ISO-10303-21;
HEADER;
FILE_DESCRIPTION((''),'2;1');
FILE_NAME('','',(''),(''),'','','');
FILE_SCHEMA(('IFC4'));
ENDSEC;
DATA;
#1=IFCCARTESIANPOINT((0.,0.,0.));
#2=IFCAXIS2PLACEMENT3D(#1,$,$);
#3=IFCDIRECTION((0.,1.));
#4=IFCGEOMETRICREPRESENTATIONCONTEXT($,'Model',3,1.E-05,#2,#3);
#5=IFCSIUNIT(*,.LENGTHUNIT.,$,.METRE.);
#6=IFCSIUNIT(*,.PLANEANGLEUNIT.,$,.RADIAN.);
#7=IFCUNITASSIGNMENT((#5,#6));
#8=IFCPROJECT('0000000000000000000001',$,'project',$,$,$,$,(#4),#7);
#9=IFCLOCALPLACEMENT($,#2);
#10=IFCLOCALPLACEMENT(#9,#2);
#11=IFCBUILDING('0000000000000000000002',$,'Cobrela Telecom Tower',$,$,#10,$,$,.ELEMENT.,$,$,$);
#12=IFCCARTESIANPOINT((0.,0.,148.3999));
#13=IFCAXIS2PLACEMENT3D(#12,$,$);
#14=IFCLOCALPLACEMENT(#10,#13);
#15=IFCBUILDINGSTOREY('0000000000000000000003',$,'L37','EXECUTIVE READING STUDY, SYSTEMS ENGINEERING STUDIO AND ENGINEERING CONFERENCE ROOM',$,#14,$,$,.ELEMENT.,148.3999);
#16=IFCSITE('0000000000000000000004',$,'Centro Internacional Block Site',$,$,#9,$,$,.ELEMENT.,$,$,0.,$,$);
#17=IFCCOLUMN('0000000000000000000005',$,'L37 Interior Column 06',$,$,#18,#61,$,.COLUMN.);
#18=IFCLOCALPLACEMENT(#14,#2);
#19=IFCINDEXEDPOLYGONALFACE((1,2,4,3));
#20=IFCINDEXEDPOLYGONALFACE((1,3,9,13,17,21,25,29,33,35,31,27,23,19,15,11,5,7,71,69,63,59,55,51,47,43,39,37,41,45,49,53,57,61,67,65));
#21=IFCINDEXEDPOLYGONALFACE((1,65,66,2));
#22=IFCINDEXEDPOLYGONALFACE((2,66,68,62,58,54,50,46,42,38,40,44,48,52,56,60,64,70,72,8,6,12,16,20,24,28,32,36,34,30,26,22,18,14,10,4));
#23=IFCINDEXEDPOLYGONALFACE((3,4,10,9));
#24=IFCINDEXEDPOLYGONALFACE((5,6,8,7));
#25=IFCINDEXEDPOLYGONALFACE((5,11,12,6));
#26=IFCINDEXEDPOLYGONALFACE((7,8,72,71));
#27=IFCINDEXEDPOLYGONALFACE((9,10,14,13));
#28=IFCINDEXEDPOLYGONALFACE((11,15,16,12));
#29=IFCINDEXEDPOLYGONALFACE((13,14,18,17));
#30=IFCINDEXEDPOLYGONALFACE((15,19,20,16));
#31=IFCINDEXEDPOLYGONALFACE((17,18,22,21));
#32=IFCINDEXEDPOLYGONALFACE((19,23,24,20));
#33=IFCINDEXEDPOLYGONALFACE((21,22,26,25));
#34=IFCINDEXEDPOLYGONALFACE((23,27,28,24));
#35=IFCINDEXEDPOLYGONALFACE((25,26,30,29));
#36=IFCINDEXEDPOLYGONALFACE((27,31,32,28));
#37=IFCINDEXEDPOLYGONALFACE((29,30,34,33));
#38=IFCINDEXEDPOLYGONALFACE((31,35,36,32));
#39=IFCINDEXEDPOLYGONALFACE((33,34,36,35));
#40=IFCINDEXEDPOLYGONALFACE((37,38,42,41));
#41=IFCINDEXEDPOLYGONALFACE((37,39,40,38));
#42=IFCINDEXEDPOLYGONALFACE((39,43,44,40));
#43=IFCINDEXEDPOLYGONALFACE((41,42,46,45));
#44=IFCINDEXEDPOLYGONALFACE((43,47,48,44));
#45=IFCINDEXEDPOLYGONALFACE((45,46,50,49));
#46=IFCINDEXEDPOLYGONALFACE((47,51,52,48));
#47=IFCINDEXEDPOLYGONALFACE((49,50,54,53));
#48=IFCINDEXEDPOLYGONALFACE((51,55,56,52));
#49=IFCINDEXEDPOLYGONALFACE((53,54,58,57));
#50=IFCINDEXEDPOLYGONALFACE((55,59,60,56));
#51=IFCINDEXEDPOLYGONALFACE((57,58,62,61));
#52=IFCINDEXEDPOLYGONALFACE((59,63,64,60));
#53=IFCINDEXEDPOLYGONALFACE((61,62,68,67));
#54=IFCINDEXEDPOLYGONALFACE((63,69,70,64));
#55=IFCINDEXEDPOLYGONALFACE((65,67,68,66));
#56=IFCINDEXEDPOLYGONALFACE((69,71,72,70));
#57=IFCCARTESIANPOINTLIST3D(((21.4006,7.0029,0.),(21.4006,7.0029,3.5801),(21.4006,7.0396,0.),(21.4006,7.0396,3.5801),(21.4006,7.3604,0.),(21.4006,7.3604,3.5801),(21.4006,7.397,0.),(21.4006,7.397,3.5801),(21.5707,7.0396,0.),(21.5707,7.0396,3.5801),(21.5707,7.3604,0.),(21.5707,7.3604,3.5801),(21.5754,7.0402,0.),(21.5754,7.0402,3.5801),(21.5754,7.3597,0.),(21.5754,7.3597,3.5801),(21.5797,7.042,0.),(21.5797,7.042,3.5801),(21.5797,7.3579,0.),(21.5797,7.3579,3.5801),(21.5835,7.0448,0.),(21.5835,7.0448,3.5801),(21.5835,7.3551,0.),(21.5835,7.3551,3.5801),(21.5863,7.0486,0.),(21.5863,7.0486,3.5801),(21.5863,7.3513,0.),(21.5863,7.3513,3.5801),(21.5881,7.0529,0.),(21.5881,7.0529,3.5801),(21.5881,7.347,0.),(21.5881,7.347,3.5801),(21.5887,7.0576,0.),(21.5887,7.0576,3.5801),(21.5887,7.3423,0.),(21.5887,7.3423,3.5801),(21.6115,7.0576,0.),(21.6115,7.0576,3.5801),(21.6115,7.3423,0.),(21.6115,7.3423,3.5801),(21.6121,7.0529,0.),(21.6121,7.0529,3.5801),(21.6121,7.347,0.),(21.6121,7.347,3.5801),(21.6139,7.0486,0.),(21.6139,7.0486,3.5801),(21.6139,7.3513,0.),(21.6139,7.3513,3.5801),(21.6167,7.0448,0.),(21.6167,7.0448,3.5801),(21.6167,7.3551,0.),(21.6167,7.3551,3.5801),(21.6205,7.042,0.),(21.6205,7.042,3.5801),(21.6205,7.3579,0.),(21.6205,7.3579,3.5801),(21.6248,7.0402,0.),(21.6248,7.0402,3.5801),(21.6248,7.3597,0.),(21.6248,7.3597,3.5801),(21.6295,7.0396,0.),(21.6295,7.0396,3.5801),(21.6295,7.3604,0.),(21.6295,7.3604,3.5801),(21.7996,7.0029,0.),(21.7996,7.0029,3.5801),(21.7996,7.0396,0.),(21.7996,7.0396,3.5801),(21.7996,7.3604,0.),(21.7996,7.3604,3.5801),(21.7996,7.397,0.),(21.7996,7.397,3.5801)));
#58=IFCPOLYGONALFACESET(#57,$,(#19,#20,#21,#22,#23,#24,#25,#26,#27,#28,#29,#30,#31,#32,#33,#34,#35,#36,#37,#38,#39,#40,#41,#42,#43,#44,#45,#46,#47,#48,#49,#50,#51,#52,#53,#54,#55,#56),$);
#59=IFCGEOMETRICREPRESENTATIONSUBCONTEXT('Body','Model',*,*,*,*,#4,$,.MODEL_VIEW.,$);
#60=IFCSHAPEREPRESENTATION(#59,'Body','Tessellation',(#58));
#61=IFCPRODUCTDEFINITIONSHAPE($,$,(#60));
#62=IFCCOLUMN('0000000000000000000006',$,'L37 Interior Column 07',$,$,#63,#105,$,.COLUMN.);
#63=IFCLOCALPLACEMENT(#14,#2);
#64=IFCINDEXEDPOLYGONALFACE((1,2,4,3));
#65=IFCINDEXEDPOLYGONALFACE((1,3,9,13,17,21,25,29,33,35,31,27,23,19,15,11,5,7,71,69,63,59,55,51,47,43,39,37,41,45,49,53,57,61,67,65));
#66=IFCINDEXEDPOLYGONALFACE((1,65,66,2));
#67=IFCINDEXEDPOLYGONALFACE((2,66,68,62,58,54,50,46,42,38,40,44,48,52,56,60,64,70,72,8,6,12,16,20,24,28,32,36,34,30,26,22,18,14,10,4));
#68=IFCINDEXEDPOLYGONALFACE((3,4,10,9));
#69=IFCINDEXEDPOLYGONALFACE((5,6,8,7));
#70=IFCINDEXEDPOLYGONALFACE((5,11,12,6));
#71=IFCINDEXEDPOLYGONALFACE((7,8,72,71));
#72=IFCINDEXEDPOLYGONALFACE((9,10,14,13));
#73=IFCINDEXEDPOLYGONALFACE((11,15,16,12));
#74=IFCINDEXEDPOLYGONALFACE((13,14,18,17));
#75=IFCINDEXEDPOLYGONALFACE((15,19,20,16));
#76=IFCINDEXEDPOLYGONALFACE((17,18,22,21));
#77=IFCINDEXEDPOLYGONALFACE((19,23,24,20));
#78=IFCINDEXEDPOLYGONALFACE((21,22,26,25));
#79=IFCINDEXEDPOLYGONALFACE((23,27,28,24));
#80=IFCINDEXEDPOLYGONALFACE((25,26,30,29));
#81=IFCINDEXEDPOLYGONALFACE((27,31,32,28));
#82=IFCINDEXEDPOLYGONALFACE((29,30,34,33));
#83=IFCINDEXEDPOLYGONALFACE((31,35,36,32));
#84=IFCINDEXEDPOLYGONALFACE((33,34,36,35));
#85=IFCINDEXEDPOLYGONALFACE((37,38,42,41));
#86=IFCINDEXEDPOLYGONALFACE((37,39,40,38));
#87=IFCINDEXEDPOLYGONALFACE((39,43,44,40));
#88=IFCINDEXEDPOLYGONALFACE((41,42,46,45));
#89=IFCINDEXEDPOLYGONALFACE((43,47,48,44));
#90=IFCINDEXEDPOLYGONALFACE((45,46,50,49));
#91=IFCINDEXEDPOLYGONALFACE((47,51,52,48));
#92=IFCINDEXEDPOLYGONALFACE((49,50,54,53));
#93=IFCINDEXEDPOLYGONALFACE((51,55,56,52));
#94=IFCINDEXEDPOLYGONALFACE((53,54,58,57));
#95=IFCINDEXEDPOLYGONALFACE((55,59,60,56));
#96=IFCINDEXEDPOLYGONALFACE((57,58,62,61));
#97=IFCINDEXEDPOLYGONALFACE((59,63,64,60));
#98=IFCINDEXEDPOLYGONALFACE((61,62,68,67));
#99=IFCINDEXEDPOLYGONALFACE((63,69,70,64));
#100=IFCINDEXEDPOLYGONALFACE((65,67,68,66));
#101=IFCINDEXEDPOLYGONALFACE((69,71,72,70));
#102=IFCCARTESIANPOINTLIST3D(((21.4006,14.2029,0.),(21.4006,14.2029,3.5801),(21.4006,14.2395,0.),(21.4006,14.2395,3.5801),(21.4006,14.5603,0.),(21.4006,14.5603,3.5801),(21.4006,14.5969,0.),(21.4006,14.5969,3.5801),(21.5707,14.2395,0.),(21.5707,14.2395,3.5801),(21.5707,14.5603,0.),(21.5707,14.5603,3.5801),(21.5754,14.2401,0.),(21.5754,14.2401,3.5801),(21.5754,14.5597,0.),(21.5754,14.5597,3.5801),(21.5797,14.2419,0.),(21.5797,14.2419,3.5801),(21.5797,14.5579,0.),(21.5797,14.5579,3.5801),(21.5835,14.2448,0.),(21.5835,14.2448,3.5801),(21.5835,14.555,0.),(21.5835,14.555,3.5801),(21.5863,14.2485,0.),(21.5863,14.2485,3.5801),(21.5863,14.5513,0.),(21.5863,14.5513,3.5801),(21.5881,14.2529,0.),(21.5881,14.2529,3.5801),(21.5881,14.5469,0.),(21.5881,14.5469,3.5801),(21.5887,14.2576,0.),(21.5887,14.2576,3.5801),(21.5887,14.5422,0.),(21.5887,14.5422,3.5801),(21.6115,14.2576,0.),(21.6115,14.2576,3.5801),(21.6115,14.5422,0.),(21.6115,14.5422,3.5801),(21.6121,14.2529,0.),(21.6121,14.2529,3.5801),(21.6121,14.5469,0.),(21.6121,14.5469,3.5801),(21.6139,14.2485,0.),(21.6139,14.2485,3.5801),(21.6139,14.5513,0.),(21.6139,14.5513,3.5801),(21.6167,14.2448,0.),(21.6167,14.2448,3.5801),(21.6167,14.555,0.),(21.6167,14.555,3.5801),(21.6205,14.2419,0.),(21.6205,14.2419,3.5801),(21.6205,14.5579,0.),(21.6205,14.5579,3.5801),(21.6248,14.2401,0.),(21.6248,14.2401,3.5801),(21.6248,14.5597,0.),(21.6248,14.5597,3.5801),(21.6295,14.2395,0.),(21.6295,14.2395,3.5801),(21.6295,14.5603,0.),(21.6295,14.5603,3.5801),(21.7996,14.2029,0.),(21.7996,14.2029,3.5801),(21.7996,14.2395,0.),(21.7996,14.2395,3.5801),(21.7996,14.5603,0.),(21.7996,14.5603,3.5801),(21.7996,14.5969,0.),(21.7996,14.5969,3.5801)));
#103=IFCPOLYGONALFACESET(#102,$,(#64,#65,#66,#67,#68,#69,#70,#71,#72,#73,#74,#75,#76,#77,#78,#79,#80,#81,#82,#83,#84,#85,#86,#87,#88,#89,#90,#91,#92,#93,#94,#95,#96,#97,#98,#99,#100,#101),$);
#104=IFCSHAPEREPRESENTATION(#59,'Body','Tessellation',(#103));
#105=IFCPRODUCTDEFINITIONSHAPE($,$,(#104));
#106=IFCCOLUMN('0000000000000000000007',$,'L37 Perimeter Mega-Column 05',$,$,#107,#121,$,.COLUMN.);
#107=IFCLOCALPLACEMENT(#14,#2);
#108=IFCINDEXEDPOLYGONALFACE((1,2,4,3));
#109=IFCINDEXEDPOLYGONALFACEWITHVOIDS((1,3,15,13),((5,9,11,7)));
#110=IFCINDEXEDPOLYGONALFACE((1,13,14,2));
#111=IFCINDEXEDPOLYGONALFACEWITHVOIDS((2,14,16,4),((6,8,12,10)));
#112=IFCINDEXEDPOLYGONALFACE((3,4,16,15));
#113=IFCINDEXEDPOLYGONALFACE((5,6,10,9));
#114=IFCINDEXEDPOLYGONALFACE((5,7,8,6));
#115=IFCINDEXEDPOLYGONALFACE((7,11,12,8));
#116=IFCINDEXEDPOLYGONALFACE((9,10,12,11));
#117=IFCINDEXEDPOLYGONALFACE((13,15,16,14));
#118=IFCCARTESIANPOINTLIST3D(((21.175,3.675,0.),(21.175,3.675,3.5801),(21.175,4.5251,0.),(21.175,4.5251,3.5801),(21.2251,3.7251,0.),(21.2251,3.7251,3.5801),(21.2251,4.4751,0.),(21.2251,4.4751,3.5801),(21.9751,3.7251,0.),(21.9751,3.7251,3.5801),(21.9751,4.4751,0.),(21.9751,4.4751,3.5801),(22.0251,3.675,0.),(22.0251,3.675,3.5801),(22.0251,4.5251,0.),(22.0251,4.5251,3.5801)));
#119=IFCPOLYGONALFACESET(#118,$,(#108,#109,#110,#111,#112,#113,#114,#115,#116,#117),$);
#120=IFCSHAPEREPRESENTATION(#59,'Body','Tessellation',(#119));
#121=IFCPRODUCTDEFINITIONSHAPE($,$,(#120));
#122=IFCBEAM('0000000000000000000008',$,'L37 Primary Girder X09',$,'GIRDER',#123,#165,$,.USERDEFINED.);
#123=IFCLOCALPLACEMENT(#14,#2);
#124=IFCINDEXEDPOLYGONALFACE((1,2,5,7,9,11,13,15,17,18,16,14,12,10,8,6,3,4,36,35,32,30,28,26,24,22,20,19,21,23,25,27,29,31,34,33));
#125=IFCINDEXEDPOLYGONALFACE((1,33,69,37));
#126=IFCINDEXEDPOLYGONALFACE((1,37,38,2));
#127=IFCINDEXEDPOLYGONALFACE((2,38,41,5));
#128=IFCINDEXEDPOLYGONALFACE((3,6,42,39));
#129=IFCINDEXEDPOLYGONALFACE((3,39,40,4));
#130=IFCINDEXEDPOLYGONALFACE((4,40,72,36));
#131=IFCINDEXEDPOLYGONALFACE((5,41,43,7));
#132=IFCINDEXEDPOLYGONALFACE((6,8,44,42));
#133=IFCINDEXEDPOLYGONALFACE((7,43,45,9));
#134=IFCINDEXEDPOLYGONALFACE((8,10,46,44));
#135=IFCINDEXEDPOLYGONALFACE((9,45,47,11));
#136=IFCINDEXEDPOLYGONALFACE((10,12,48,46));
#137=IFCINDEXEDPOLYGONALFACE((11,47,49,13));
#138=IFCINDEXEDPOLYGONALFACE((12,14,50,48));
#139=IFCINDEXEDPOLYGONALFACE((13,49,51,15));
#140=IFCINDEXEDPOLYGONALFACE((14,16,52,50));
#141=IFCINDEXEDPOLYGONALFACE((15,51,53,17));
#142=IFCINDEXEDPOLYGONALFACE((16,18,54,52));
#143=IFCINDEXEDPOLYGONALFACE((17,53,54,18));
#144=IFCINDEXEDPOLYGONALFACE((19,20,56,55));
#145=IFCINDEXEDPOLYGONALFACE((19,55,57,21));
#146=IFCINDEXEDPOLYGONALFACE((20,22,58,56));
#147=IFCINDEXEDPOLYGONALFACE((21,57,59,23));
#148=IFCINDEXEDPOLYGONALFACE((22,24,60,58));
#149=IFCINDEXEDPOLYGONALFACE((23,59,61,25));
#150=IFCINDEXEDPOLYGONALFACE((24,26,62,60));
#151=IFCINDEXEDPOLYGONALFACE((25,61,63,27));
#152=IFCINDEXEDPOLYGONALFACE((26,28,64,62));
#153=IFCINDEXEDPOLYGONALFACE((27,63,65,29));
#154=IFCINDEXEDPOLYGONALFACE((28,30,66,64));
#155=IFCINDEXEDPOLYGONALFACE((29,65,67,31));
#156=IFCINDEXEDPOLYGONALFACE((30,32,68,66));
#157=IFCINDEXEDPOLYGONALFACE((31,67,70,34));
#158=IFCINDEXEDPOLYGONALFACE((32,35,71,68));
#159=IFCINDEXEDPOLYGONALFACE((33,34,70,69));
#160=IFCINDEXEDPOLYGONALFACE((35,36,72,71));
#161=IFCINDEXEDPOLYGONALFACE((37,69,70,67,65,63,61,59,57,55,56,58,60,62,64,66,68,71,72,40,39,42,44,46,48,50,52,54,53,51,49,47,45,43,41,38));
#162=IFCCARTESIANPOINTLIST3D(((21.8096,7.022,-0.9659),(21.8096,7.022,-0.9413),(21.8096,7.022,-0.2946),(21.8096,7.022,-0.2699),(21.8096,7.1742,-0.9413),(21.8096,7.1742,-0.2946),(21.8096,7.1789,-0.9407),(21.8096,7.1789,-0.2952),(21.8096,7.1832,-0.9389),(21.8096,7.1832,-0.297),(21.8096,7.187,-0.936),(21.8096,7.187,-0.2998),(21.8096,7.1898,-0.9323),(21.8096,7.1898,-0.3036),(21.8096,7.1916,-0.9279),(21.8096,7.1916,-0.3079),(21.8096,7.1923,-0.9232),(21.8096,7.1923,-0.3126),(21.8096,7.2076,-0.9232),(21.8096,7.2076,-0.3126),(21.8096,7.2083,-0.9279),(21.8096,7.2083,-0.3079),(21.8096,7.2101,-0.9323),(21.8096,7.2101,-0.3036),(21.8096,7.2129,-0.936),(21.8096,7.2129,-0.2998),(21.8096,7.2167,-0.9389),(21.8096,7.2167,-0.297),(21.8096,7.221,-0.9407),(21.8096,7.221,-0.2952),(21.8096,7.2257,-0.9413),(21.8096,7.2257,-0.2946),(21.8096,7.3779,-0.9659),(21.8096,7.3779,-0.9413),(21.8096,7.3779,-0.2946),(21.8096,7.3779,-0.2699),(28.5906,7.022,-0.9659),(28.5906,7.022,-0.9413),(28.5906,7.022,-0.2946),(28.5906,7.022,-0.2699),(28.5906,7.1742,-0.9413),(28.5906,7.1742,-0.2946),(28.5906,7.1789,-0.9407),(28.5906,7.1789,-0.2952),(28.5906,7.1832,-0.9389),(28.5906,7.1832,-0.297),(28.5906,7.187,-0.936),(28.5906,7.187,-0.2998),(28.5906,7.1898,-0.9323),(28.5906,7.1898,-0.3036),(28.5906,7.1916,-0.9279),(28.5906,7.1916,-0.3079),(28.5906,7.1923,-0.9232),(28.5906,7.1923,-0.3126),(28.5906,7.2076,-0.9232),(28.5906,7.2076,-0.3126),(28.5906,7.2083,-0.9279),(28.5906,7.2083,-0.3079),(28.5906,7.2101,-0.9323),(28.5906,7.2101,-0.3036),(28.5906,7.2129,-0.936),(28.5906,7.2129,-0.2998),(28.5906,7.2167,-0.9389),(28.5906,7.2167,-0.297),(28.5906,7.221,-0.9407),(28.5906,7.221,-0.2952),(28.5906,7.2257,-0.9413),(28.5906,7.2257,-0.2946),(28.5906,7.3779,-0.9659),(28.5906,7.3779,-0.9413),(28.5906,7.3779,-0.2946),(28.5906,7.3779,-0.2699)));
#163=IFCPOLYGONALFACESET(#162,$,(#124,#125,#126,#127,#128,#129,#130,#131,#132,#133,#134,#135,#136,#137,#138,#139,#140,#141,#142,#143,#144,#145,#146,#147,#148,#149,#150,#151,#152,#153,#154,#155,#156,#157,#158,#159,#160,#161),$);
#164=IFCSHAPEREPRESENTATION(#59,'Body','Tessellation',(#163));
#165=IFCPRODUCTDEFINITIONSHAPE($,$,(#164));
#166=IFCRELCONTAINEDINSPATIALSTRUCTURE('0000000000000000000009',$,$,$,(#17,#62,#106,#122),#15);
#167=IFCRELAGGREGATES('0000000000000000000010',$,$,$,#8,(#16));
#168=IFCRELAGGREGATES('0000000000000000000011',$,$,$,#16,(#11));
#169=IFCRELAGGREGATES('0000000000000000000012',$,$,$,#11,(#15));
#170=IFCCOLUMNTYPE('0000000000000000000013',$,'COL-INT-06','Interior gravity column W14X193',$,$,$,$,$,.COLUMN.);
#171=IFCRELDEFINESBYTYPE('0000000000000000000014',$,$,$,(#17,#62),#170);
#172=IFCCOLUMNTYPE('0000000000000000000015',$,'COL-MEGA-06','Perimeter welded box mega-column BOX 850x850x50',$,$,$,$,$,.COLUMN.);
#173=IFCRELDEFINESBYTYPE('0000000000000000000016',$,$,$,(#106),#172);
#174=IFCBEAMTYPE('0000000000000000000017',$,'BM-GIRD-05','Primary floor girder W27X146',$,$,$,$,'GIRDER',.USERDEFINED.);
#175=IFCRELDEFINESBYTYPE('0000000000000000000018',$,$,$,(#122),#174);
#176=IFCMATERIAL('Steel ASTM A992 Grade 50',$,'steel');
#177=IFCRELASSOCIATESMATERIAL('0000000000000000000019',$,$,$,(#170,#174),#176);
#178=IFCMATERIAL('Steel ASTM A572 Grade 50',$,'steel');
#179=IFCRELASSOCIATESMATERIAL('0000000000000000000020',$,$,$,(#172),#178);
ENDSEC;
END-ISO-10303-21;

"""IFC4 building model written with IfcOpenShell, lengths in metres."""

from ifc_helpers import new_model, si_unit, direction, frame, origin, origin_2d, place, context, subcontext, project, spatial, hollow_rectangle, i_section, extrude, material, material_profile, profile_set, type_object, element, save


model = new_model("IFC4")

# Units and contexts
model_context = context("Model", 3, precision=1e-05, world=origin(), true_north=direction((0.0, 1.0)))
body_context = subcontext(model_context, "Body", "Model", "MODEL_VIEW")
ifc_project = project(units=[si_unit("LENGTHUNIT", "METRE"), si_unit("PLANEANGLEUNIT", "RADIAN")], contexts=[model_context])

# Site, building, storey
site_placement = place(None, origin())
site = spatial("IfcSite", under=ifc_project, at=site_placement, Name="Centro Internacional Block Site", CompositionType="ELEMENT", RefElevation=0.0)
building_placement = place(site_placement, origin())
building = spatial("IfcBuilding", under=site, at=building_placement, Name="Cobrela Telecom Tower", CompositionType="ELEMENT")
storey_placement = place(building_placement, frame((0.0, 0.0, 148.3999)))
storey = spatial("IfcBuildingStorey", under=building, at=storey_placement, Name="L37", Description="EXECUTIVE READING STUDY, SYSTEMS ENGINEERING STUDIO AND ENGINEERING CONFERENCE ROOM", CompositionType="ELEMENT", Elevation=148.3999)

# Columns
ifc_material_1 = material(Name="Steel ASTM A992 Grade 50", Category="steel")
ifc_material_profile_1 = material_profile(ifc_material_1, i_section(OverallWidth=0.3989, OverallDepth=0.394, WebThickness=0.0227, FlangeThickness=0.0366, FilletRadius=0.0181, at=origin_2d()), Name="W14X193")
ifc_profile_set_1 = profile_set([ifc_material_profile_1], Name="Steel ASTM A992 Grade 50")
column_type_1 = type_object("IfcColumnType", Name="COL-INT-06", Description="Interior gravity column W14X193", PredefinedType="COLUMN", material=ifc_profile_set_1)
for number, where, z_axis, x_axis, name in (
    (1, (21.6001, 7.2, 0.0), (0.0, 0.0, 1.0), (1.0, 0.0, 0.0), "L37 Interior Column 06"),
    (2, (21.6001, 14.3999, 0.0), (0.0, 0.0, 1.0), (1.0, 0.0, 0.0), "L37 Interior Column 07"),
):
    element("IfcColumn", number, at=place(storey_placement, frame(where, z_axis=z_axis, x_axis=x_axis)), inside=storey, type_object=column_type_1, Name=name, PredefinedType="COLUMN", context=body_context, shape_type="SweptSolid", body=[
        extrude(i_section(OverallWidth=0.3989, OverallDepth=0.394, WebThickness=0.0227, FlangeThickness=0.0366, FilletRadius=0.0181, at=origin_2d()), origin(), (0.0, 0.0, 1.0), 3.5801),
    ])
ifc_material_2 = material(Name="Steel ASTM A572 Grade 50", Category="steel")
ifc_material_profile_2 = material_profile(ifc_material_2, hollow_rectangle(XDim=0.8501, YDim=0.8501, WallThickness=0.05, at=origin_2d()), Name="BOX 850x850x50")
ifc_profile_set_2 = profile_set([ifc_material_profile_2], Name="Steel ASTM A572 Grade 50")
column_type_2 = type_object("IfcColumnType", Name="COL-MEGA-06", Description="Perimeter welded box mega-column BOX 850x850x50", PredefinedType="COLUMN", material=ifc_profile_set_2)
column_placement = place(storey_placement, frame((21.6001, 4.1001, 0.0), z_axis=(0.0, 0.0, 1.0), x_axis=(1.0, 0.0, 0.0)))
element("IfcColumn", 3, at=column_placement, inside=storey, type_object=column_type_2, Name="L37 Perimeter Mega-Column 05", PredefinedType="COLUMN", context=body_context, shape_type="SweptSolid", body=[
    extrude(hollow_rectangle(XDim=0.8501, YDim=0.8501, WallThickness=0.05, at=origin_2d()), origin(), (0.0, 0.0, 1.0), 3.5801),
])

# Beam
ifc_material_profile_3 = material_profile(ifc_material_1, i_section(OverallWidth=0.356, OverallDepth=0.696, WebThickness=0.0154, FlangeThickness=0.0247, FilletRadius=0.0181, at=origin_2d()), Name="W27X146")
ifc_profile_set_3 = profile_set([ifc_material_profile_3], Name="Steel ASTM A992 Grade 50")
beam_type_1 = type_object("IfcBeamType", Name="BM-GIRD-05", Description="Primary floor girder W27X146", ElementType="GIRDER", PredefinedType="USERDEFINED", material=ifc_profile_set_3)
for number, where, z_axis, x_axis, name in (
    (4, (21.8096, 7.2, -0.6179), (1.0, 0.0, 0.0), (0.0, 1.0, 0.0), "L37 Primary Girder X09"),
):
    element("IfcBeam", number, at=place(storey_placement, frame(where, z_axis=z_axis, x_axis=x_axis)), inside=storey, type_object=beam_type_1, Name=name, ObjectType="GIRDER", PredefinedType="USERDEFINED", context=body_context, shape_type="SweptSolid", body=[
        extrude(i_section(OverallWidth=0.356, OverallDepth=0.696, WebThickness=0.0154, FlangeThickness=0.0247, FilletRadius=0.0181, at=origin_2d()), origin(), (0.0, 0.0, 1.0), 6.781),
    ])

save(model, "model.ifc")
